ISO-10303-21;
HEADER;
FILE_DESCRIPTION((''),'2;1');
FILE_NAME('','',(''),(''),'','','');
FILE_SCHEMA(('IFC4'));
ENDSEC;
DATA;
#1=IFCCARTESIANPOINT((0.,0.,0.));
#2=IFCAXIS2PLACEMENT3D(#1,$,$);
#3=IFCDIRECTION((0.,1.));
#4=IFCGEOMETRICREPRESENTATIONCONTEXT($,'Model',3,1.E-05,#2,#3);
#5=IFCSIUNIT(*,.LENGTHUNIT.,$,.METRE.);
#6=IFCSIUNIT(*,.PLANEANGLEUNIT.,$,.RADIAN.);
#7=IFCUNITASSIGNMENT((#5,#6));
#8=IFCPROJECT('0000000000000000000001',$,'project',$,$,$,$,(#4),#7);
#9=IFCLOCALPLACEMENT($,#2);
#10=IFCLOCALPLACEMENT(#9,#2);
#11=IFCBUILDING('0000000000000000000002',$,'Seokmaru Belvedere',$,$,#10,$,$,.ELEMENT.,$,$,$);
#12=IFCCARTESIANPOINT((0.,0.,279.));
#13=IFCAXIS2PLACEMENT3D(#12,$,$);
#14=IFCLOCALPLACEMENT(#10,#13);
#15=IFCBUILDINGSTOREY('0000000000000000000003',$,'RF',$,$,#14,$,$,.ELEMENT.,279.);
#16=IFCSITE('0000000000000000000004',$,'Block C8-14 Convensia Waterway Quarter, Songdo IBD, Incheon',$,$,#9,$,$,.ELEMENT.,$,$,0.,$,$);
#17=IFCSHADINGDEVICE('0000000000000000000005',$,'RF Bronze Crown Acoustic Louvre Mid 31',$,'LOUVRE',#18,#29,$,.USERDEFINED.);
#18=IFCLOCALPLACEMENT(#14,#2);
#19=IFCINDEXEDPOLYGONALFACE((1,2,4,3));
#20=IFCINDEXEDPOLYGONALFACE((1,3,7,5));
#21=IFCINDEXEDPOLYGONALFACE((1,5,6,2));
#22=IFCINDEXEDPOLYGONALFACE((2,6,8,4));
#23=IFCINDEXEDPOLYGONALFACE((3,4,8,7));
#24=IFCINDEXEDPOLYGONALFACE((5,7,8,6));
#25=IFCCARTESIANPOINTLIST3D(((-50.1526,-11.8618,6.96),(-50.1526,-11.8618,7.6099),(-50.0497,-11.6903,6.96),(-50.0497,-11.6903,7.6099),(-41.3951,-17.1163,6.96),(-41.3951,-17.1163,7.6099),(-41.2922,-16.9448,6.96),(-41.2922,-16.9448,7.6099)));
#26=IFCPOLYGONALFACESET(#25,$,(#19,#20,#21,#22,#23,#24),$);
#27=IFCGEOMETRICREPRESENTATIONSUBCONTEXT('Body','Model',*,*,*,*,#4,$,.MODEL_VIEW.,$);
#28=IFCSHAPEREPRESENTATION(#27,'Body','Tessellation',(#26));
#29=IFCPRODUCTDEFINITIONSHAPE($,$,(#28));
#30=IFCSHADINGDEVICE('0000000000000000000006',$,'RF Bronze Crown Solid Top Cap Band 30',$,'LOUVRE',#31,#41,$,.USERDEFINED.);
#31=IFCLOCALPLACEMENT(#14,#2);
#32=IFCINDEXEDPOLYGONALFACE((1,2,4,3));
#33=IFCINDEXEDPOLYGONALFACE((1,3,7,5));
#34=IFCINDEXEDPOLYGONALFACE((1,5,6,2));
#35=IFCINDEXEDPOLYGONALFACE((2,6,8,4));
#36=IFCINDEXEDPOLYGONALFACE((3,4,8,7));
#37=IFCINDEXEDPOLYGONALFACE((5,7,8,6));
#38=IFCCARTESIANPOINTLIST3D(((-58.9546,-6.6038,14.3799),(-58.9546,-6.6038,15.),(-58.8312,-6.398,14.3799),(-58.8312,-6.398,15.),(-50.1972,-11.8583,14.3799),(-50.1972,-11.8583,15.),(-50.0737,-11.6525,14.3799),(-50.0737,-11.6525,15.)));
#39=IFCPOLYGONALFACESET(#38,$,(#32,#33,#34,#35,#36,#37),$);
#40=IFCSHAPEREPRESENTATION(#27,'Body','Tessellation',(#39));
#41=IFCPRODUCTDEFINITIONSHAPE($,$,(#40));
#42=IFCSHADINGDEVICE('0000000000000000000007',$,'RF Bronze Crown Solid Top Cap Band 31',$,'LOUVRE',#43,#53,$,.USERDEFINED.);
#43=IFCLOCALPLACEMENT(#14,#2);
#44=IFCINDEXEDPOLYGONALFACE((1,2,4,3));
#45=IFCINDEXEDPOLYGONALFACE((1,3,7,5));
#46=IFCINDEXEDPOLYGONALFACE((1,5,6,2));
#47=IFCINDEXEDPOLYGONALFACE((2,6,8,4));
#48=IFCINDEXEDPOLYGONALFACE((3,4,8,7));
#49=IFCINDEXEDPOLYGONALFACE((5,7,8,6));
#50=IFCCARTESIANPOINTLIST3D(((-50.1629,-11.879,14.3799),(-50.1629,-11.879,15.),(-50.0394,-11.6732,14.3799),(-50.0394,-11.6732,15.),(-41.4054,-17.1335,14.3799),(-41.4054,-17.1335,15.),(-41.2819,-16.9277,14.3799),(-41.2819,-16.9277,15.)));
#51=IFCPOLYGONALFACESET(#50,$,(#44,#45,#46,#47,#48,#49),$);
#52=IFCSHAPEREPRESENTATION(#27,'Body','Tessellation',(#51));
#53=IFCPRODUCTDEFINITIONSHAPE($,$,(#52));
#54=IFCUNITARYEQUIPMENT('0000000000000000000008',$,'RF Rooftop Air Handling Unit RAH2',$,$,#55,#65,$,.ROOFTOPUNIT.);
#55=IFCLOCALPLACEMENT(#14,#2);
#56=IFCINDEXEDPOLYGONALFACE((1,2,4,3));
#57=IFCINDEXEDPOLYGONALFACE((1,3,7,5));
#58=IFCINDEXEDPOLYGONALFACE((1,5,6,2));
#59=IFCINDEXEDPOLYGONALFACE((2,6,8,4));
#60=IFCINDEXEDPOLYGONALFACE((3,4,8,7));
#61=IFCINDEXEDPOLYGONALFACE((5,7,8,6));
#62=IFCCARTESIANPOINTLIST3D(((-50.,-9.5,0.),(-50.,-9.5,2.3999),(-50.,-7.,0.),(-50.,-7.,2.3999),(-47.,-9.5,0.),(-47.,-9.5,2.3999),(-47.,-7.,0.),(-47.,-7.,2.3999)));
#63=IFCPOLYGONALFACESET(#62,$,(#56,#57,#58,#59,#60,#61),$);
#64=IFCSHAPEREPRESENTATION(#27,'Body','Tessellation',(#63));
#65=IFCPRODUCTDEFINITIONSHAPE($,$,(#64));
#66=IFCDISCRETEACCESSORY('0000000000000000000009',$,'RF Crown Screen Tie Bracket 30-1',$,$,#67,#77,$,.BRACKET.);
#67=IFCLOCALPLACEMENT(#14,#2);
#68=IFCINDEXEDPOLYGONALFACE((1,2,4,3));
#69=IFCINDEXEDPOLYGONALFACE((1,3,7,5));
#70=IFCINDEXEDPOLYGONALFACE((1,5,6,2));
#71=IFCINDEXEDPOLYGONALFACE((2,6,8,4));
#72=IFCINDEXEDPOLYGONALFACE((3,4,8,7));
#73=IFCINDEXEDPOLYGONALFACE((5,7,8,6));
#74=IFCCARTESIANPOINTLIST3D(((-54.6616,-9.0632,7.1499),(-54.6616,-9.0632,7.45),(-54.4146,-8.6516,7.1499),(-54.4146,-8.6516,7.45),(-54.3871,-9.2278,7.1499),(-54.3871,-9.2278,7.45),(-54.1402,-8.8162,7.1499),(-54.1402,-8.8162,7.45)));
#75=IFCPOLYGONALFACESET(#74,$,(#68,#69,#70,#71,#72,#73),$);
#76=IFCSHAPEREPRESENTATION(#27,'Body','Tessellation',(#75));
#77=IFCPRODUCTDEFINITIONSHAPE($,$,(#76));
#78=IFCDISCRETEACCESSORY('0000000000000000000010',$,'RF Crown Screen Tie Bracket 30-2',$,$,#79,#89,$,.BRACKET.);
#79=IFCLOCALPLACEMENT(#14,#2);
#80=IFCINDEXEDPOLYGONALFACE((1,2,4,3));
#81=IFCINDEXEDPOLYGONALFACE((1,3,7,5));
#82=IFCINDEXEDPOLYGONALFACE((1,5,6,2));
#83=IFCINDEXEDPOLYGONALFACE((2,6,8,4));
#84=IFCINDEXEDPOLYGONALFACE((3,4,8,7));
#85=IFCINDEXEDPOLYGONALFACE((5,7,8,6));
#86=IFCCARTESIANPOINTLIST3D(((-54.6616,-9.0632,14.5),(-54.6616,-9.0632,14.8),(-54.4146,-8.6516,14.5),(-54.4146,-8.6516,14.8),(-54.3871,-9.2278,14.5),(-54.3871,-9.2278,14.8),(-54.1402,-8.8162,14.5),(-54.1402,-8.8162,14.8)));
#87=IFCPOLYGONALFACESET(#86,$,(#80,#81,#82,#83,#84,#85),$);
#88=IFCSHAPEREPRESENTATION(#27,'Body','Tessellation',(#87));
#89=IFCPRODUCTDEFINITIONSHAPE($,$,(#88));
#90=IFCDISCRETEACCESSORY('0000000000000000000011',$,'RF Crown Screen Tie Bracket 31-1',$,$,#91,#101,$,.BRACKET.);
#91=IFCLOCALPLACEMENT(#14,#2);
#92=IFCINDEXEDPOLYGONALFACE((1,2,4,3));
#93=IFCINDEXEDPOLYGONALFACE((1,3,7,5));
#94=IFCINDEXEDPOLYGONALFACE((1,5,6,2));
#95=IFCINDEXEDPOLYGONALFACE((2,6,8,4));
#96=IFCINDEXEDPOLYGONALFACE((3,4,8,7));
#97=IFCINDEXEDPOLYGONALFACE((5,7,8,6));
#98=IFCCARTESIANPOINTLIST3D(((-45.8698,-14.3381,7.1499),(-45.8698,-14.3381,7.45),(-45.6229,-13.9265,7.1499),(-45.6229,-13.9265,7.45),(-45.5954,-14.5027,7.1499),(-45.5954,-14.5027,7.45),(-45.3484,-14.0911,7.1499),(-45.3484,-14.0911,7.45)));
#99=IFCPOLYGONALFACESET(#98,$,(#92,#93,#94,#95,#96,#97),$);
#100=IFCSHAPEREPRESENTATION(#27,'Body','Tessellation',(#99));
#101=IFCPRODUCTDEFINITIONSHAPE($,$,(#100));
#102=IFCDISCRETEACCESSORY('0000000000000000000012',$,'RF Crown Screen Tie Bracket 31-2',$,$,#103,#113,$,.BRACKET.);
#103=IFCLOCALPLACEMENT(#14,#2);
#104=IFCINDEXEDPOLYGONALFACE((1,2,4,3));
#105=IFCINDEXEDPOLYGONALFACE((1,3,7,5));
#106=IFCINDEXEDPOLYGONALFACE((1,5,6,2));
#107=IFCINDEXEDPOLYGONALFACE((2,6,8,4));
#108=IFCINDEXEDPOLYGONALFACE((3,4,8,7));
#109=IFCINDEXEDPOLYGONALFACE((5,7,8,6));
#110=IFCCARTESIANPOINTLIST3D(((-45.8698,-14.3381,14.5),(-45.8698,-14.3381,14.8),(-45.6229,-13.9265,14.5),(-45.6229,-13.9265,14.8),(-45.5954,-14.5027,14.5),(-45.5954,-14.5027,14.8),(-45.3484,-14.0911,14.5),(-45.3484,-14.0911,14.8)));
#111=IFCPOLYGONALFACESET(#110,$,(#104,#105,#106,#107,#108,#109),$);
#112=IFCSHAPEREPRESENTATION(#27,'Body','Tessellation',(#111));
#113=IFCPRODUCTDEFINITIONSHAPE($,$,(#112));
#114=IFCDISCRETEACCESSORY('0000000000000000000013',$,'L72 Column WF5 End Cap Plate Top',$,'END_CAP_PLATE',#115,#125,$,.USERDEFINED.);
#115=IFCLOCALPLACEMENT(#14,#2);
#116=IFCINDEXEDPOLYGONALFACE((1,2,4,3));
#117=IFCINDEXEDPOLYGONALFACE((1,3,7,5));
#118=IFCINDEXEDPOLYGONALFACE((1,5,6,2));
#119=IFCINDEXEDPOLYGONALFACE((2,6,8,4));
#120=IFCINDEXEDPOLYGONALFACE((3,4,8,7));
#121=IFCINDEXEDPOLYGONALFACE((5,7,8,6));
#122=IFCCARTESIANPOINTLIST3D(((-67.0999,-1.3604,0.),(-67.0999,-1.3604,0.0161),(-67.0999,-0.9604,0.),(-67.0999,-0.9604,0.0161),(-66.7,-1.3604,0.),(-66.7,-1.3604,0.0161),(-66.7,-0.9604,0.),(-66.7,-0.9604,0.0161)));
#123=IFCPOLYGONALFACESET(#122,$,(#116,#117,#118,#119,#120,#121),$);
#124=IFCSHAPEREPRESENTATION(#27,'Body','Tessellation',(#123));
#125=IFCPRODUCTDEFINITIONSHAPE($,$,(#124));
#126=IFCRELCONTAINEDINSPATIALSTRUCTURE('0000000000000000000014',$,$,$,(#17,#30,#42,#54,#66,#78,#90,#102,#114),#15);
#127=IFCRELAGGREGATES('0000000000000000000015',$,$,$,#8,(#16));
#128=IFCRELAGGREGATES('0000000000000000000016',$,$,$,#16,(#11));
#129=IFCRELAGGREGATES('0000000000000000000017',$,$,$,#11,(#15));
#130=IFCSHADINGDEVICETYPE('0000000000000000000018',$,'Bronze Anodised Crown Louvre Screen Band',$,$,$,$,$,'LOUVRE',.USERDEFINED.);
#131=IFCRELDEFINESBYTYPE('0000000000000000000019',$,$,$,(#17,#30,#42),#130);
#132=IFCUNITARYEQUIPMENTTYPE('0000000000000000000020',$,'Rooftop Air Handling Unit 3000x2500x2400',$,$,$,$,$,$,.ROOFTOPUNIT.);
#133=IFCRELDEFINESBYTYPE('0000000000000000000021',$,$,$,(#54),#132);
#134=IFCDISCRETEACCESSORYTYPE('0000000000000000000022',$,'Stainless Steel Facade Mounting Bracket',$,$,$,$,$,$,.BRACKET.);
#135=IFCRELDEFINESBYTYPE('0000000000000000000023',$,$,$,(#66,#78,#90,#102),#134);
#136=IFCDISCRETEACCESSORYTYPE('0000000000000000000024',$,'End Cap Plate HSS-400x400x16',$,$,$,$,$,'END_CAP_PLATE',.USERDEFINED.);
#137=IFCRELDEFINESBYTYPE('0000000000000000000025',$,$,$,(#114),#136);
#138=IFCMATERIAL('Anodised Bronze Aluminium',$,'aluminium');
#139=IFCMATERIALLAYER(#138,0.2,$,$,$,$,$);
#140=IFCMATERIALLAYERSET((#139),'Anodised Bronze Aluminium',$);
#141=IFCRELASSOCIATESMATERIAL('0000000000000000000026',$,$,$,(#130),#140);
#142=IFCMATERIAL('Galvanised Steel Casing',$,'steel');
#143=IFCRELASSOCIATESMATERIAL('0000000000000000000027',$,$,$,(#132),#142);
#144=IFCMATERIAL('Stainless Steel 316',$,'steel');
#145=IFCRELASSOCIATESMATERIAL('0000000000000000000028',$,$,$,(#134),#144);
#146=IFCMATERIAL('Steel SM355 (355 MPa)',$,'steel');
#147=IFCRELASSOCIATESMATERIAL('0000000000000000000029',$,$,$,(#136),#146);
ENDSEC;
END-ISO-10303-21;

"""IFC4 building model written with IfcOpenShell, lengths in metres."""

from ifc_helpers import new_model, si_unit, direction, frame, origin, origin_2d, place, context, subcontext, project, spatial, rectangle, extrude, source, transform, mapped, material, layer, layer_set, type_object, type_shapes, element, save


model = new_model("IFC4")

# Units and contexts
model_context = context("Model", 3, precision=1e-05, world=origin(), true_north=direction((0.0, 1.0)))
body_context = subcontext(model_context, "Body", "Model", "MODEL_VIEW")
ifc_project = project(units=[si_unit("LENGTHUNIT", "METRE"), si_unit("PLANEANGLEUNIT", "RADIAN")], contexts=[model_context])

# Site, building, storey
site_placement = place(None, origin())
site = spatial("IfcSite", under=ifc_project, at=site_placement, Name="Block C8-14 Convensia Waterway Quarter, Songdo IBD, Incheon", CompositionType="ELEMENT", RefElevation=0.0)
building_placement = place(site_placement, origin())
building = spatial("IfcBuilding", under=site, at=building_placement, Name="Seokmaru Belvedere", CompositionType="ELEMENT")
storey_placement = place(building_placement, frame((0.0, 0.0, 279.0)))
storey = spatial("IfcBuildingStorey", under=building, at=storey_placement, Name="RF", CompositionType="ELEMENT", Elevation=279.0)

# Shared definitions
ifc_material_1 = material(Name="Steel SM355 (355 MPa)", Category="steel")

# Shading devices
ifc_material_2 = material(Name="Anodised Bronze Aluminium", Category="aluminium")
ifc_layer_1 = layer(ifc_material_2, 0.2)
ifc_layer_set_1 = layer_set([ifc_layer_1], Name="Anodised Bronze Aluminium")
shading_device_type = type_object("IfcShadingDeviceType", Name="Bronze Anodised Crown Louvre Screen Band", ElementType="LOUVRE", PredefinedType="USERDEFINED", material=ifc_layer_set_1)
shared_shape_1 = source(origin(), body_context, "Body", "SweptSolid", [
    extrude(rectangle(XDim=10.2129, YDim=0.2, at=origin_2d()), origin(), (0.0, 0.0, 1.0), 0.6499),
])
for number, where, z_axis, x_axis, name in (
    (1, (-45.7224, -14.4033, 6.96), (0.0, 0.0, 1.0), (0.857493, -0.514496, 0.0), "RF Bronze Crown Acoustic Louvre Mid 31"),
):
    element("IfcShadingDevice", number, at=place(storey_placement, frame(where, z_axis=z_axis, x_axis=x_axis)), inside=storey, type_object=shading_device_type, Name=name, ObjectType="LOUVRE", PredefinedType="USERDEFINED", context=body_context, shape_type="MappedRepresentation", body=[
        mapped(shared_shape_1, transform((0.0, 0.0, 0.0), scale=1.0)),
    ])
shared_shape_2 = source(origin(), body_context, "Body", "SweptSolid", [
    extrude(rectangle(XDim=10.2129, YDim=0.24, at=origin_2d()), origin(), (0.0, 0.0, 1.0), 0.6201),
])
type_shapes(shading_device_type, [shared_shape_1, shared_shape_2])
for number, where, z_axis, x_axis, name in (
    (2, (-54.5142, -9.1282, 14.3799), (0.0, 0.0, 1.0), (0.857493, -0.514496, 0.0), "RF Bronze Crown Solid Top Cap Band 30"),
    (3, (-45.7224, -14.4033, 14.3799), (0.0, 0.0, 1.0), (0.857493, -0.514496, 0.0), "RF Bronze Crown Solid Top Cap Band 31"),
):
    element("IfcShadingDevice", number, at=place(storey_placement, frame(where, z_axis=z_axis, x_axis=x_axis)), inside=storey, type_object=shading_device_type, Name=name, ObjectType="LOUVRE", PredefinedType="USERDEFINED", context=body_context, shape_type="MappedRepresentation", body=[
        mapped(shared_shape_2, transform((0.0, 0.0, 0.0), scale=1.0)),
    ])

# Unitary equipment
ifc_material_3 = material(Name="Galvanised Steel Casing", Category="steel")
unitary_equipment_type = type_object("IfcUnitaryEquipmentType", Name="Rooftop Air Handling Unit 3000x2500x2400", PredefinedType="ROOFTOPUNIT", material=ifc_material_3)
shared_shape_3 = source(origin(), body_context, "Body", "SweptSolid", [
    extrude(rectangle(XDim=3.0, YDim=2.5, at=origin_2d()), origin(), (0.0, 0.0, 1.0), 2.3999),
])
type_shapes(unitary_equipment_type, [shared_shape_3])
unitary_equipment_placement = place(storey_placement, frame((-48.5, -8.25, 0.0), z_axis=(0.0, 0.0, 1.0), x_axis=(1.0, 0.0, 0.0)))
element("IfcUnitaryEquipment", 4, at=unitary_equipment_placement, inside=storey, type_object=unitary_equipment_type, Name="RF Rooftop Air Handling Unit RAH2", PredefinedType="ROOFTOPUNIT", context=body_context, shape_type="MappedRepresentation", body=[
    mapped(shared_shape_3, transform((0.0, 0.0, 0.0), scale=1.0)),
])

# Discrete accessories
ifc_material_4 = material(Name="Stainless Steel 316", Category="steel")
discrete_accessory_type_1 = type_object("IfcDiscreteAccessoryType", Name="Stainless Steel Facade Mounting Bracket", PredefinedType="BRACKET", material=ifc_material_4)
shared_shape_4 = source(origin(), body_context, "Body", "SweptSolid", [
    extrude(rectangle(XDim=0.3201, YDim=0.48, at=origin_2d()), origin(), (0.0, 0.0, 1.0), 0.3),
])
type_shapes(discrete_accessory_type_1, [shared_shape_4])
for number, where, z_axis, x_axis, name in (
    (5, (-54.4009, -8.9397, 7.1499), (0.0, 0.0, 1.0), (0.857493, -0.514496, 0.0), "RF Crown Screen Tie Bracket 30-1"),
    (6, (-54.4009, -8.9397, 14.5), (0.0, 0.0, 1.0), (0.857493, -0.514496, 0.0), "RF Crown Screen Tie Bracket 30-2"),
    (7, (-45.6091, -14.2146, 7.1499), (0.0, 0.0, 1.0), (0.857493, -0.514496, 0.0), "RF Crown Screen Tie Bracket 31-1"),
    (8, (-45.6091, -14.2146, 14.5), (0.0, 0.0, 1.0), (0.857493, -0.514496, 0.0), "RF Crown Screen Tie Bracket 31-2"),
):
    element("IfcDiscreteAccessory", number, at=place(storey_placement, frame(where, z_axis=z_axis, x_axis=x_axis)), inside=storey, type_object=discrete_accessory_type_1, Name=name, PredefinedType="BRACKET", context=body_context, shape_type="MappedRepresentation", body=[
        mapped(shared_shape_4, transform((0.0, 0.0, 0.0), scale=1.0)),
    ])
discrete_accessory_type_2 = type_object("IfcDiscreteAccessoryType", Name="End Cap Plate HSS-400x400x16", ElementType="END_CAP_PLATE", PredefinedType="USERDEFINED", material=ifc_material_1)
shared_shape_5 = source(origin(), body_context, "Body", "SweptSolid", [
    extrude(rectangle(XDim=0.3999, YDim=0.3999, at=origin_2d()), origin(), (0.0, 0.0, 1.0), 0.0161),
])
type_shapes(discrete_accessory_type_2, [shared_shape_5])
discrete_accessory_placement = place(storey_placement, frame((-66.8999, -1.1604, 0.0), z_axis=(0.0, 0.0, 1.0), x_axis=(1.0, 0.0, 0.0)))
element("IfcDiscreteAccessory", 9, at=discrete_accessory_placement, inside=storey, type_object=discrete_accessory_type_2, Name="L72 Column WF5 End Cap Plate Top", ObjectType="END_CAP_PLATE", PredefinedType="USERDEFINED", context=body_context, shape_type="MappedRepresentation", body=[
    mapped(shared_shape_5, transform((0.0, 0.0, 0.0), scale=1.0)),
])

save(model, "model.ifc")
